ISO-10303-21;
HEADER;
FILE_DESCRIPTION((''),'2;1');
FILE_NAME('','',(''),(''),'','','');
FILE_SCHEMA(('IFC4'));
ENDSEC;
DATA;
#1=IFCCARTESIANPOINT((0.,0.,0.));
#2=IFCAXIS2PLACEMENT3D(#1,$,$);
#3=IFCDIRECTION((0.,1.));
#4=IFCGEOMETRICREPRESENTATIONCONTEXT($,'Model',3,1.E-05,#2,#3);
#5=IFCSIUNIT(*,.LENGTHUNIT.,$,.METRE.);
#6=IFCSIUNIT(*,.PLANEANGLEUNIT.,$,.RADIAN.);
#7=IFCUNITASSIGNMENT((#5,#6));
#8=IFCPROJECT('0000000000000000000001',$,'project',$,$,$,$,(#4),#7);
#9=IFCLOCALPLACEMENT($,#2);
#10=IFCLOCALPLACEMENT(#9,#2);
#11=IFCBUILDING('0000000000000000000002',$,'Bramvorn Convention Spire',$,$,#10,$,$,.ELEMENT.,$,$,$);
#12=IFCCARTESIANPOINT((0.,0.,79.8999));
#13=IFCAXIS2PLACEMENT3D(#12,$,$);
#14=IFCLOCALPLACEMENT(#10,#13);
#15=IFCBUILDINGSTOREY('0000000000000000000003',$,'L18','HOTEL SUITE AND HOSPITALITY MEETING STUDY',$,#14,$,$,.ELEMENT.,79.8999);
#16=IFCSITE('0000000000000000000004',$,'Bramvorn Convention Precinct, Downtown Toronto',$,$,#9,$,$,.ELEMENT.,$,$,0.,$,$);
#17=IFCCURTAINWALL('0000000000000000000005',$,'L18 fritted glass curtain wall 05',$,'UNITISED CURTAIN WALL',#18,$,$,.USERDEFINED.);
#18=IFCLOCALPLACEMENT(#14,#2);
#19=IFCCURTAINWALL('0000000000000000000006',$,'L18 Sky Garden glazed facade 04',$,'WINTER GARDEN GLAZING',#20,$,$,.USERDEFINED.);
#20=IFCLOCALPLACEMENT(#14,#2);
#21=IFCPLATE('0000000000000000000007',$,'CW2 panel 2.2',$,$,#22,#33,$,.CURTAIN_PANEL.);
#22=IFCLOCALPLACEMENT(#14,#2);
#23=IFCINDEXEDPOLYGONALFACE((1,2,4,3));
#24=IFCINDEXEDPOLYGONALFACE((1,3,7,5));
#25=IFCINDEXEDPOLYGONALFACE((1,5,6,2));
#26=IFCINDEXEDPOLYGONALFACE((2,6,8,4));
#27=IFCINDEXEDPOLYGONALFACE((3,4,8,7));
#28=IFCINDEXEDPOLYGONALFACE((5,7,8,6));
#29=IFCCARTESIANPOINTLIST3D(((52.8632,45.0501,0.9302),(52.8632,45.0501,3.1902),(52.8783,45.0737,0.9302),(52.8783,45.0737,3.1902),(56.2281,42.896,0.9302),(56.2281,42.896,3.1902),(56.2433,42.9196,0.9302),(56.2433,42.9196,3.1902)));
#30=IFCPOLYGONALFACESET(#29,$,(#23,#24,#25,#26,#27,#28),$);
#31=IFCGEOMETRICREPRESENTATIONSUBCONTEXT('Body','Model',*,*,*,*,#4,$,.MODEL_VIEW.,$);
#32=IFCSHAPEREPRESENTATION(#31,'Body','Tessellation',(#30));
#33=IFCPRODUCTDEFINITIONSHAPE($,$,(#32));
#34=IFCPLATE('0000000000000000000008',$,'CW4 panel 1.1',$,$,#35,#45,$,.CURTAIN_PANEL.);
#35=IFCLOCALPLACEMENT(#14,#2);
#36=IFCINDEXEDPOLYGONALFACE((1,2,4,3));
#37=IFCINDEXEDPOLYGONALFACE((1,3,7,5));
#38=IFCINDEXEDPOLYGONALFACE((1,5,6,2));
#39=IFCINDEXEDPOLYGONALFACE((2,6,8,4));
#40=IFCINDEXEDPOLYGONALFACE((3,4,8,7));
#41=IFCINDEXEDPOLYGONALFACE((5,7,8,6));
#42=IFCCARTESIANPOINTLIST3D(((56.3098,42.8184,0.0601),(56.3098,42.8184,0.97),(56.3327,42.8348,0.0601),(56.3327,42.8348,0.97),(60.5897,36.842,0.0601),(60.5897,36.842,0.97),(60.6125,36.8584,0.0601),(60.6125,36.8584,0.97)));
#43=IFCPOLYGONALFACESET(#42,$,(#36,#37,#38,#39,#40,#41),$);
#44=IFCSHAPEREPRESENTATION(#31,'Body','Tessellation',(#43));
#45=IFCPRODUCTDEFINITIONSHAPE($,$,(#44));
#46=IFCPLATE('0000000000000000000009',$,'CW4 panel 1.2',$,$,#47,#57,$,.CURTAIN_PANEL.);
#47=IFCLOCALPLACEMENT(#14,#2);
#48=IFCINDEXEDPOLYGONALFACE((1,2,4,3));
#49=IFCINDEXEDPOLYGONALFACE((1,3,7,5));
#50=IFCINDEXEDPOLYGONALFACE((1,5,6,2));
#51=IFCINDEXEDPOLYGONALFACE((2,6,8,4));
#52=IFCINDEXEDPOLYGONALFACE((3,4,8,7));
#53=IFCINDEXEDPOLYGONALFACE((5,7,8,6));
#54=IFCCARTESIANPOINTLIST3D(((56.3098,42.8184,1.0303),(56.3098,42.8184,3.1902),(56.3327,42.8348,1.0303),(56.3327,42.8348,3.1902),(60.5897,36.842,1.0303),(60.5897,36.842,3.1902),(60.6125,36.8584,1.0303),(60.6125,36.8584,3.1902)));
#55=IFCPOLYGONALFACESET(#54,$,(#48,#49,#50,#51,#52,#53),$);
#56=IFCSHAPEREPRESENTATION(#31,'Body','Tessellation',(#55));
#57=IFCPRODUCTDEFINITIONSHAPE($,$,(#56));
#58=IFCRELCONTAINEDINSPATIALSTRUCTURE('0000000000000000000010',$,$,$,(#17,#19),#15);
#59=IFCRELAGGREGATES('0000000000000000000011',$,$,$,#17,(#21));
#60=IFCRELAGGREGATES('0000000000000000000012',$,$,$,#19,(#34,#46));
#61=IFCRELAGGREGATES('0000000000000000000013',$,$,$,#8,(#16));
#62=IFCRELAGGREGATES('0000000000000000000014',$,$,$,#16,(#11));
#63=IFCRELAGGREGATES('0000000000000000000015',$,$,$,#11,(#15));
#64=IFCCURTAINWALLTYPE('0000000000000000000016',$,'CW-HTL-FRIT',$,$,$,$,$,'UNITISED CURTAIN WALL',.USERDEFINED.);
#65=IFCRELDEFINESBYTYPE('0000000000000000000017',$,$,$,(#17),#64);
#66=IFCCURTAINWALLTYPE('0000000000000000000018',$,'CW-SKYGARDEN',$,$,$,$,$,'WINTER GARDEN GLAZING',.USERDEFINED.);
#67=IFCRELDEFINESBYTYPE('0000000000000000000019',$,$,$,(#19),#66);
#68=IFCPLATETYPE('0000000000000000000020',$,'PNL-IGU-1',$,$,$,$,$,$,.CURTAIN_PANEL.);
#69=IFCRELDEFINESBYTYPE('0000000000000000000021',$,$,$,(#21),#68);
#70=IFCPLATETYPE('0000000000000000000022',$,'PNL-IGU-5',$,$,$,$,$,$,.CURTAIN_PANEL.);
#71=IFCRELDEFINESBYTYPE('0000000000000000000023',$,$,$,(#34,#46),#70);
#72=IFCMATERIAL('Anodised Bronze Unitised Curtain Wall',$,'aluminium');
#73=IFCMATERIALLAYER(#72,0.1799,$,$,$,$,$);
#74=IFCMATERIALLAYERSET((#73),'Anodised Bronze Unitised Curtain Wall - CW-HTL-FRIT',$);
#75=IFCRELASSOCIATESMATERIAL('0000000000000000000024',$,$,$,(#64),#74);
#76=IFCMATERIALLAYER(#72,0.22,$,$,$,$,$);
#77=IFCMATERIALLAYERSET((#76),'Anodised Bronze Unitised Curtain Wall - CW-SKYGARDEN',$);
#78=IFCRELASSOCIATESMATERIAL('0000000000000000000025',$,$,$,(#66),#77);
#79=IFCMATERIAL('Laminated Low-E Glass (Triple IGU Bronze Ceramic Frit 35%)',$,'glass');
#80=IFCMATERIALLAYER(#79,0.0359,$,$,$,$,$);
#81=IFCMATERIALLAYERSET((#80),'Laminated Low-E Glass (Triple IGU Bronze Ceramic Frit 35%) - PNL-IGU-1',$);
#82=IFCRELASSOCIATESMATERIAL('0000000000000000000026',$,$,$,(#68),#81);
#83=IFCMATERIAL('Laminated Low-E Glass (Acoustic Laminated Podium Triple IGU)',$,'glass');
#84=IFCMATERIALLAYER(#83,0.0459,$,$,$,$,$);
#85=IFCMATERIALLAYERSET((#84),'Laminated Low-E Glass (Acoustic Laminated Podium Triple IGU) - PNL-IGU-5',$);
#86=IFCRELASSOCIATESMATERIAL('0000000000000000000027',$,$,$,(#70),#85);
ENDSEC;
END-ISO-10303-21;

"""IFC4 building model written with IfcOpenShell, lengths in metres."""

from ifc_helpers import new_model, si_unit, direction, frame, origin, origin_2d, place, context, subcontext, project, spatial, rectangle, extrude, material, layer, layer_set, type_object, element, aggregate, save


model = new_model("IFC4")

# Units and contexts
model_context = context("Model", 3, precision=1e-05, world=origin(), true_north=direction((0.0, 1.0)))
body_context = subcontext(model_context, "Body", "Model", "MODEL_VIEW")
ifc_project = project(units=[si_unit("LENGTHUNIT", "METRE"), si_unit("PLANEANGLEUNIT", "RADIAN")], contexts=[model_context])

# Site, building, storey
site_placement = place(None, origin())
site = spatial("IfcSite", under=ifc_project, at=site_placement, Name="Bramvorn Convention Precinct, Downtown Toronto", CompositionType="ELEMENT", RefElevation=0.0)
building_placement = place(site_placement, origin())
building = spatial("IfcBuilding", under=site, at=building_placement, Name="Bramvorn Convention Spire", CompositionType="ELEMENT")
storey_placement = place(building_placement, frame((0.0, 0.0, 79.8999)))
storey = spatial("IfcBuildingStorey", under=building, at=storey_placement, Name="L18", Description="HOTEL SUITE AND HOSPITALITY MEETING STUDY", CompositionType="ELEMENT", Elevation=79.8999)

# Curtain wall
ifc_material_1 = material(Name="Anodised Bronze Unitised Curtain Wall", Category="aluminium")
ifc_layer_1 = layer(ifc_material_1, 0.1799)
ifc_layer_set_1 = layer_set([ifc_layer_1], Name="Anodised Bronze Unitised Curtain Wall - CW-HTL-FRIT")
curtain_wall_type_1 = type_object("IfcCurtainWallType", Name="CW-HTL-FRIT", ElementType="UNITISED CURTAIN WALL", PredefinedType="USERDEFINED", material=ifc_layer_set_1)
curtain_wall_1_placement = place(storey_placement, origin())
curtain_wall_1 = element("IfcCurtainWall", 1, at=curtain_wall_1_placement, inside=storey, type_object=curtain_wall_type_1, Name="L18 fritted glass curtain wall 05", ObjectType="UNITISED CURTAIN WALL", PredefinedType="USERDEFINED")

# Shared definitions
ifc_layer_2 = layer(ifc_material_1, 0.22)
ifc_layer_set_2 = layer_set([ifc_layer_2], Name="Anodised Bronze Unitised Curtain Wall - CW-SKYGARDEN")
curtain_wall_type_2 = type_object("IfcCurtainWallType", Name="CW-SKYGARDEN", ElementType="WINTER GARDEN GLAZING", PredefinedType="USERDEFINED", material=ifc_layer_set_2)

# Curtain wall
curtain_wall_2_placement = place(storey_placement, origin())
curtain_wall_2 = element("IfcCurtainWall", 2, at=curtain_wall_2_placement, inside=storey, type_object=curtain_wall_type_2, Name="L18 Sky Garden glazed facade 04", ObjectType="WINTER GARDEN GLAZING", PredefinedType="USERDEFINED")

# Plates
ifc_material_2 = material(Name="Laminated Low-E Glass (Triple IGU Bronze Ceramic Frit 35%)", Category="glass")
ifc_layer_3 = layer(ifc_material_2, 0.0359)
ifc_layer_set_3 = layer_set([ifc_layer_3], Name="Laminated Low-E Glass (Triple IGU Bronze Ceramic Frit 35%) - PNL-IGU-1")
plate_type_1 = type_object("IfcPlateType", Name="PNL-IGU-1", PredefinedType="CURTAIN_PANEL", material=ifc_layer_set_3)
plate_1_placement = place(storey_placement, frame((54.5532, 43.9849, 0.9302), z_axis=(0.0, 0.0, 1.0), x_axis=(0.842208, -0.539153, 0.0)))
plate_1 = element("IfcPlate", 3, at=plate_1_placement, type_object=plate_type_1, Name="CW2 panel 2.2", PredefinedType="CURTAIN_PANEL", context=body_context, shape_type="SweptSolid", body=[
    extrude(rectangle(XDim=3.9954, YDim=0.0281, at=origin_2d()), origin(), (0.0, 0.0, 1.0), 2.26),
])
aggregate(curtain_wall_1, [plate_1])
ifc_material_3 = material(Name="Laminated Low-E Glass (Acoustic Laminated Podium Triple IGU)", Category="glass")
ifc_layer_4 = layer(ifc_material_3, 0.0459)
ifc_layer_set_4 = layer_set([ifc_layer_4], Name="Laminated Low-E Glass (Acoustic Laminated Podium Triple IGU) - PNL-IGU-5")
plate_type_2 = type_object("IfcPlateType", Name="PNL-IGU-5", PredefinedType="CURTAIN_PANEL", material=ifc_layer_set_4)
plate_2_placement = place(storey_placement, frame((58.4612, 39.8384, 0.0601), z_axis=(0.0, 0.0, 1.0), x_axis=(0.58223, -0.813024, 0.0)))
plate_2 = element("IfcPlate", 4, at=plate_2_placement, type_object=plate_type_2, Name="CW4 panel 1.1", PredefinedType="CURTAIN_PANEL", context=body_context, shape_type="SweptSolid", body=[
    extrude(rectangle(XDim=7.3508, YDim=0.0281, at=origin_2d()), origin(), (0.0, 0.0, 1.0), 0.9099),
])
plate_3_placement = place(storey_placement, frame((58.4612, 39.8384, 1.0303), z_axis=(0.0, 0.0, 1.0), x_axis=(0.58223, -0.813024, 0.0)))
plate_3 = element("IfcPlate", 5, at=plate_3_placement, type_object=plate_type_2, Name="CW4 panel 1.2", PredefinedType="CURTAIN_PANEL", context=body_context, shape_type="SweptSolid", body=[
    extrude(rectangle(XDim=7.3508, YDim=0.0281, at=origin_2d()), origin(), (0.0, 0.0, 1.0), 2.1599),
])
aggregate(curtain_wall_2, [plate_2, plate_3])

save(model, "model.ifc")
